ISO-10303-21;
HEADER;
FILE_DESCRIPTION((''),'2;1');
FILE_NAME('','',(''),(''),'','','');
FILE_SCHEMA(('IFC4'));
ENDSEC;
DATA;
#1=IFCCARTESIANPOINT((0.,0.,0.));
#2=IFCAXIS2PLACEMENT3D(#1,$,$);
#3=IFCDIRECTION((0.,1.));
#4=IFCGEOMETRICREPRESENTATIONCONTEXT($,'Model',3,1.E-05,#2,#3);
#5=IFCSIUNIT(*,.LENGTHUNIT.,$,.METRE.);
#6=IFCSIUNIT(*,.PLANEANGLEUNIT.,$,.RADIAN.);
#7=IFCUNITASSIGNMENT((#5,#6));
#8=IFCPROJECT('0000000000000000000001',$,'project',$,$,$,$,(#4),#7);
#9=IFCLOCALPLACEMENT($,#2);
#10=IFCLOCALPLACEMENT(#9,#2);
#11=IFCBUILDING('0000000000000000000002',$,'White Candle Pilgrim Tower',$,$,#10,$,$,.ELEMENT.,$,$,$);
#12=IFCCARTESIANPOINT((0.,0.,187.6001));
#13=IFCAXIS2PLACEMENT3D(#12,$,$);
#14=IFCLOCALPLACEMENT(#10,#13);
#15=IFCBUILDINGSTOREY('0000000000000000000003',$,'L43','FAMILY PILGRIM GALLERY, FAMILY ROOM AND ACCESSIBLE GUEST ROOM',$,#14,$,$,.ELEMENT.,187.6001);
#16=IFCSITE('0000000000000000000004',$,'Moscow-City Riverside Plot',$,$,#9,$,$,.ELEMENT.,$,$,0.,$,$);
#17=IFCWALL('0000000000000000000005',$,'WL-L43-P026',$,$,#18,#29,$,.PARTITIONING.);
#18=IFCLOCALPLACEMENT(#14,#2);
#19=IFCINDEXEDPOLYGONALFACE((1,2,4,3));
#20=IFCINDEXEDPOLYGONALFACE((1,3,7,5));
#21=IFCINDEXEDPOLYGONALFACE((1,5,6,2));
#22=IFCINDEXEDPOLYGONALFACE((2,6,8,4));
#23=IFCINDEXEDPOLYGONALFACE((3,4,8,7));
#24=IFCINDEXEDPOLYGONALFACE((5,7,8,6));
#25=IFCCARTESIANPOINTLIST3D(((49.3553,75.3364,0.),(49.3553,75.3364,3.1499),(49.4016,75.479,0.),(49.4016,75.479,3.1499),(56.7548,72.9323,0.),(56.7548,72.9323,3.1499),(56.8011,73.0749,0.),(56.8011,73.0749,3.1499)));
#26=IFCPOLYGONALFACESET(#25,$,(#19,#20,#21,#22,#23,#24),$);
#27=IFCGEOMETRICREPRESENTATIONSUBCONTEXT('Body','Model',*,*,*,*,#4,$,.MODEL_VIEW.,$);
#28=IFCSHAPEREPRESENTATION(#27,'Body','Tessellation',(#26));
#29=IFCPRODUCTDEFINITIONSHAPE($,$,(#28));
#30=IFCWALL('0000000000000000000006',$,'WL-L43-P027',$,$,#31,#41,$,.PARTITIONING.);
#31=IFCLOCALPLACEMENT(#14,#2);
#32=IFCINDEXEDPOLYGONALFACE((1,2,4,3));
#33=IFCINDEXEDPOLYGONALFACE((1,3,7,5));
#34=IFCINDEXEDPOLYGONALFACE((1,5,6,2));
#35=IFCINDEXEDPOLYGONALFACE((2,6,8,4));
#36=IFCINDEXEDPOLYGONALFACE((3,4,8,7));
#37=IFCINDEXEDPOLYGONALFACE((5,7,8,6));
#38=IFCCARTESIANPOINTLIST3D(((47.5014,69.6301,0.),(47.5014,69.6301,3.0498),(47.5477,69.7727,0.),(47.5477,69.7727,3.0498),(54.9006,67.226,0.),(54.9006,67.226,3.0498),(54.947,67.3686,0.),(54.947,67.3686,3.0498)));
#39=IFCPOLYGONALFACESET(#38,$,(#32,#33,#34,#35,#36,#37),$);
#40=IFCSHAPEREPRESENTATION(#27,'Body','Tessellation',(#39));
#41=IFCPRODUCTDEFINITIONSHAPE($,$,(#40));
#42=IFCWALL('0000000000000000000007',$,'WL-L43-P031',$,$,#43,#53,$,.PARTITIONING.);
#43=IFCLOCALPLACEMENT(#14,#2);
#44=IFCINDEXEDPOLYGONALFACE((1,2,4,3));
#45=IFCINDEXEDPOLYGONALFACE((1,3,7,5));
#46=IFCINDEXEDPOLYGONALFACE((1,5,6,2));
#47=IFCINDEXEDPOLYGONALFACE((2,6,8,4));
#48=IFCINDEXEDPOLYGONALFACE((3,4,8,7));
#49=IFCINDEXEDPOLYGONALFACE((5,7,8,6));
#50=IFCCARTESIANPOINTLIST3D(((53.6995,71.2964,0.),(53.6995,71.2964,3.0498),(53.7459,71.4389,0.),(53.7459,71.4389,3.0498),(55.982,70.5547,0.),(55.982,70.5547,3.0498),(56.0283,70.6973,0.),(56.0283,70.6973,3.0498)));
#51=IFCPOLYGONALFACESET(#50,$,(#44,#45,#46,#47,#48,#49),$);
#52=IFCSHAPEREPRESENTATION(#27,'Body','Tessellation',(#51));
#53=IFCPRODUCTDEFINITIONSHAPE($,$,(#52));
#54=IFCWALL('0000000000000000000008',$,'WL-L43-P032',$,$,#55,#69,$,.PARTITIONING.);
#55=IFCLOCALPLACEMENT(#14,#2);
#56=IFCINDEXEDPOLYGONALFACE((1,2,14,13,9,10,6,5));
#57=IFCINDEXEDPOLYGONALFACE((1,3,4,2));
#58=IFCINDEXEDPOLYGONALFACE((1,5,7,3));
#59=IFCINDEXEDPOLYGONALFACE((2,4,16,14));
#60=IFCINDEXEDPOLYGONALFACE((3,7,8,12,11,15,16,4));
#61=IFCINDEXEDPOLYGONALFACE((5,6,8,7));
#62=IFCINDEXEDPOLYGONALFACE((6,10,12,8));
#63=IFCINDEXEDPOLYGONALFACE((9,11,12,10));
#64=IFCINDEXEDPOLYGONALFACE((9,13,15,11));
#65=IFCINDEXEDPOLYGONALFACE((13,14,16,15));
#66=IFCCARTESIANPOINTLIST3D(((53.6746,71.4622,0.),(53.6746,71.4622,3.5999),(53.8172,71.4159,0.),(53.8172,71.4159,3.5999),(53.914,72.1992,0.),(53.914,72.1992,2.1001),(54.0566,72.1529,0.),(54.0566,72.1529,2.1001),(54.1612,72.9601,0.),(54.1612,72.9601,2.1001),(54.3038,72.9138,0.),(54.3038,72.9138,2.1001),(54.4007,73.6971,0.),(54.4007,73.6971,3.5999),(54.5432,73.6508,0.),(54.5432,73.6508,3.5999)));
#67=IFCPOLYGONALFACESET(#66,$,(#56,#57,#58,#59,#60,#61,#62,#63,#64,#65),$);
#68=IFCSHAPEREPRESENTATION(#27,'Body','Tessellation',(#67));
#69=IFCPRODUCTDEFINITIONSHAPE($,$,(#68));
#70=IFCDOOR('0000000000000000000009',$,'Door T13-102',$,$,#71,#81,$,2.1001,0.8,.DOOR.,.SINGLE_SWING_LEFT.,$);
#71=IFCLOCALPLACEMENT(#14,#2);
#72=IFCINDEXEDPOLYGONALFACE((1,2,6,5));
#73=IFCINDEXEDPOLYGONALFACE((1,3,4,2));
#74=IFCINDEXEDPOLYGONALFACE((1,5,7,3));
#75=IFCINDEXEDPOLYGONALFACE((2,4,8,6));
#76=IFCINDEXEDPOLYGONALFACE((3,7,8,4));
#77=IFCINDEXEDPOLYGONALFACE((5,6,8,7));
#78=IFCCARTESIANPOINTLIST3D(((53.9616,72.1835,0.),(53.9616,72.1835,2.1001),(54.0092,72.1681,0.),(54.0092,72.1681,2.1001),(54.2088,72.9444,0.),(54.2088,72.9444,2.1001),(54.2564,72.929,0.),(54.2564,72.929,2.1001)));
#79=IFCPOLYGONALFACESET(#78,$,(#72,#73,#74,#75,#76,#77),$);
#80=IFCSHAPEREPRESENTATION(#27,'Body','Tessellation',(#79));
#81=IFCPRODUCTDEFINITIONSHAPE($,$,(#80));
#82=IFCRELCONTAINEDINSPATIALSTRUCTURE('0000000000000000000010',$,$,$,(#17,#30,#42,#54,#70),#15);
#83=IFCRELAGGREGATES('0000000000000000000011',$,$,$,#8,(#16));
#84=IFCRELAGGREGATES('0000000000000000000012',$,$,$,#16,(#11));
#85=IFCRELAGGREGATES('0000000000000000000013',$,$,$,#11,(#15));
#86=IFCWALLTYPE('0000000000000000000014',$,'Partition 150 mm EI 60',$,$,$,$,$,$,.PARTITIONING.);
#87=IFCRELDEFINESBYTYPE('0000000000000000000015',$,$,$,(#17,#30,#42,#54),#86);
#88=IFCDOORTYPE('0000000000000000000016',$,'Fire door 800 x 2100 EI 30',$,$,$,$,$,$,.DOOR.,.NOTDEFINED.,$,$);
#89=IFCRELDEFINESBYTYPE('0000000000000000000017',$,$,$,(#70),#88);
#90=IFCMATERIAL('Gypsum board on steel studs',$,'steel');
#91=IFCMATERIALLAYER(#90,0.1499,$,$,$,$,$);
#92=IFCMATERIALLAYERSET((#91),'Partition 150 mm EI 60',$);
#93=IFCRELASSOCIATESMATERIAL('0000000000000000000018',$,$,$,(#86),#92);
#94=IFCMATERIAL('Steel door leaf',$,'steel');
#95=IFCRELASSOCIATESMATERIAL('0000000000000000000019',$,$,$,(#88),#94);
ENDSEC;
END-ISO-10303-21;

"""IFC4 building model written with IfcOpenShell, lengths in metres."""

from ifc_helpers import new_model, si_unit, direction, frame, frame_2d, origin, place, context, subcontext, project, spatial, rectangle, extrude, material, layer, layer_set, type_object, element, fill, save


model = new_model("IFC4")

# Units and contexts
model_context = context("Model", 3, precision=1e-05, world=origin(), true_north=direction((0.0, 1.0)))
body_context = subcontext(model_context, "Body", "Model", "MODEL_VIEW")
ifc_project = project(units=[si_unit("LENGTHUNIT", "METRE"), si_unit("PLANEANGLEUNIT", "RADIAN")], contexts=[model_context])

# Site, building, storey
site_placement = place(None, origin())
site = spatial("IfcSite", under=ifc_project, at=site_placement, Name="Moscow-City Riverside Plot", CompositionType="ELEMENT", RefElevation=0.0)
building_placement = place(site_placement, origin())
building = spatial("IfcBuilding", under=site, at=building_placement, Name="White Candle Pilgrim Tower", CompositionType="ELEMENT")
storey_placement = place(building_placement, frame((0.0, 0.0, 187.6001)))
storey = spatial("IfcBuildingStorey", under=building, at=storey_placement, Name="L43", Description="FAMILY PILGRIM GALLERY, FAMILY ROOM AND ACCESSIBLE GUEST ROOM", CompositionType="ELEMENT", Elevation=187.6001)

# Shared definitions
ifc_material_1 = material(Name="Gypsum board on steel studs", Category="steel")
ifc_material_2 = material(Name="Steel door leaf", Category="steel")

# Walls
ifc_layer_1 = layer(ifc_material_1, 0.1499)
ifc_layer_set_1 = layer_set([ifc_layer_1], Name="Partition 150 mm EI 60")
wall_type_1 = type_object("IfcWallType", Name="Partition 150 mm EI 60", PredefinedType="PARTITIONING", material=ifc_layer_set_1)
wall_1_placement = place(storey_placement, frame((49.3784, 75.4077, 0.0), z_axis=(0.0, 0.0, 1.0), x_axis=(0.951063, -0.308998, 0.0)))
element("IfcWall", 1, at=wall_1_placement, inside=storey, type_object=wall_type_1, Name="WL-L43-P026", PredefinedType="PARTITIONING", context=body_context, shape_type="SweptSolid", body=[
    extrude(rectangle(XDim=7.7803, YDim=0.1499, at=frame_2d((3.8901, 0.0))), origin(), (0.0, 0.0, 1.0), 3.1499),
])
wall_2_placement = place(storey_placement, frame((47.5244, 69.7014, 0.0), z_axis=(0.0, 0.0, 1.0), x_axis=(0.95106, -0.309007, 0.0)))
element("IfcWall", 2, at=wall_2_placement, inside=storey, type_object=wall_type_1, Name="WL-L43-P027", PredefinedType="PARTITIONING", context=body_context, shape_type="SweptSolid", body=[
    extrude(rectangle(XDim=7.78, YDim=0.1499, at=frame_2d((3.8901, 0.0))), origin(), (0.0, 0.0, 1.0), 3.0498),
])
wall_3_placement = place(storey_placement, frame((56.0051, 70.626, 0.0), z_axis=(0.0, 0.0, 1.0), x_axis=(-0.951047, 0.309047, 0.0)))
element("IfcWall", 3, at=wall_3_placement, inside=storey, type_object=wall_type_1, Name="WL-L43-P031", PredefinedType="PARTITIONING", context=body_context, shape_type="SweptSolid", body=[
    extrude(rectangle(XDim=2.3999, YDim=0.1499, at=frame_2d((1.2, 0.0))), origin(), (0.0, 0.0, 1.0), 3.0498),
])

# Wall, opening, door
wall_4_placement = place(storey_placement, frame((54.4719, 73.6738, 0.0), z_axis=(0.0, 0.0, 1.0), x_axis=(-0.308987, -0.951066, 0.0)))
wall_4 = element("IfcWall", 4, at=wall_4_placement, inside=storey, type_object=wall_type_1, Name="WL-L43-P032", PredefinedType="PARTITIONING", context=body_context, shape_type="SweptSolid", body=[
    extrude(rectangle(XDim=2.3499, YDim=0.1499, at=frame_2d((1.1748, 0.0))), origin(), (0.0, 0.0, 1.0), 3.5999),
])
opening_1_placement = place(wall_4_placement, frame((0.7749, 0.0, 0.0)))
opening_1 = element("IfcOpeningElement", 5, at=opening_1_placement, cuts=wall_4, PredefinedType="OPENING", context=body_context, shape_type="SweptSolid", body=[
    extrude(rectangle(XDim=0.8, YDim=2.1001, at=frame_2d((0.3999, 1.05))), frame((0.0, 0.085, 0.0), z_axis=(0.0, -1.0, 0.0), x_axis=(1.0, 0.0, 0.0)), (0.0, 0.0, 1.0), 0.1699),
])
door_type_1 = type_object("IfcDoorType", Name="Fire door 800 x 2100 EI 30", OperationType="NOTDEFINED", PredefinedType="DOOR", material=ifc_material_2)
door_1_placement = place(opening_1_placement, frame((0.8, 0.0, 0.0), z_axis=(0.0, 0.0, 1.0), x_axis=(-1.0, 0.0, 0.0)))
door_1 = element("IfcDoor", 6, at=door_1_placement, inside=storey, type_object=door_type_1, Name="Door T13-102", OperationType="SINGLE_SWING_LEFT", OverallHeight=2.1001, OverallWidth=0.8, PredefinedType="DOOR", context=body_context, shape_type="SweptSolid", body=[
    extrude(rectangle(XDim=0.8, YDim=2.1001, at=frame_2d((0.3999, 1.05))), frame((0.0, 0.0249, 0.0), z_axis=(0.0, -1.0, 0.0), x_axis=(1.0, 0.0, 0.0)), (0.0, 0.0, 1.0), 0.05),
])
fill(opening_1, door_1)

save(model, "model.ifc")
